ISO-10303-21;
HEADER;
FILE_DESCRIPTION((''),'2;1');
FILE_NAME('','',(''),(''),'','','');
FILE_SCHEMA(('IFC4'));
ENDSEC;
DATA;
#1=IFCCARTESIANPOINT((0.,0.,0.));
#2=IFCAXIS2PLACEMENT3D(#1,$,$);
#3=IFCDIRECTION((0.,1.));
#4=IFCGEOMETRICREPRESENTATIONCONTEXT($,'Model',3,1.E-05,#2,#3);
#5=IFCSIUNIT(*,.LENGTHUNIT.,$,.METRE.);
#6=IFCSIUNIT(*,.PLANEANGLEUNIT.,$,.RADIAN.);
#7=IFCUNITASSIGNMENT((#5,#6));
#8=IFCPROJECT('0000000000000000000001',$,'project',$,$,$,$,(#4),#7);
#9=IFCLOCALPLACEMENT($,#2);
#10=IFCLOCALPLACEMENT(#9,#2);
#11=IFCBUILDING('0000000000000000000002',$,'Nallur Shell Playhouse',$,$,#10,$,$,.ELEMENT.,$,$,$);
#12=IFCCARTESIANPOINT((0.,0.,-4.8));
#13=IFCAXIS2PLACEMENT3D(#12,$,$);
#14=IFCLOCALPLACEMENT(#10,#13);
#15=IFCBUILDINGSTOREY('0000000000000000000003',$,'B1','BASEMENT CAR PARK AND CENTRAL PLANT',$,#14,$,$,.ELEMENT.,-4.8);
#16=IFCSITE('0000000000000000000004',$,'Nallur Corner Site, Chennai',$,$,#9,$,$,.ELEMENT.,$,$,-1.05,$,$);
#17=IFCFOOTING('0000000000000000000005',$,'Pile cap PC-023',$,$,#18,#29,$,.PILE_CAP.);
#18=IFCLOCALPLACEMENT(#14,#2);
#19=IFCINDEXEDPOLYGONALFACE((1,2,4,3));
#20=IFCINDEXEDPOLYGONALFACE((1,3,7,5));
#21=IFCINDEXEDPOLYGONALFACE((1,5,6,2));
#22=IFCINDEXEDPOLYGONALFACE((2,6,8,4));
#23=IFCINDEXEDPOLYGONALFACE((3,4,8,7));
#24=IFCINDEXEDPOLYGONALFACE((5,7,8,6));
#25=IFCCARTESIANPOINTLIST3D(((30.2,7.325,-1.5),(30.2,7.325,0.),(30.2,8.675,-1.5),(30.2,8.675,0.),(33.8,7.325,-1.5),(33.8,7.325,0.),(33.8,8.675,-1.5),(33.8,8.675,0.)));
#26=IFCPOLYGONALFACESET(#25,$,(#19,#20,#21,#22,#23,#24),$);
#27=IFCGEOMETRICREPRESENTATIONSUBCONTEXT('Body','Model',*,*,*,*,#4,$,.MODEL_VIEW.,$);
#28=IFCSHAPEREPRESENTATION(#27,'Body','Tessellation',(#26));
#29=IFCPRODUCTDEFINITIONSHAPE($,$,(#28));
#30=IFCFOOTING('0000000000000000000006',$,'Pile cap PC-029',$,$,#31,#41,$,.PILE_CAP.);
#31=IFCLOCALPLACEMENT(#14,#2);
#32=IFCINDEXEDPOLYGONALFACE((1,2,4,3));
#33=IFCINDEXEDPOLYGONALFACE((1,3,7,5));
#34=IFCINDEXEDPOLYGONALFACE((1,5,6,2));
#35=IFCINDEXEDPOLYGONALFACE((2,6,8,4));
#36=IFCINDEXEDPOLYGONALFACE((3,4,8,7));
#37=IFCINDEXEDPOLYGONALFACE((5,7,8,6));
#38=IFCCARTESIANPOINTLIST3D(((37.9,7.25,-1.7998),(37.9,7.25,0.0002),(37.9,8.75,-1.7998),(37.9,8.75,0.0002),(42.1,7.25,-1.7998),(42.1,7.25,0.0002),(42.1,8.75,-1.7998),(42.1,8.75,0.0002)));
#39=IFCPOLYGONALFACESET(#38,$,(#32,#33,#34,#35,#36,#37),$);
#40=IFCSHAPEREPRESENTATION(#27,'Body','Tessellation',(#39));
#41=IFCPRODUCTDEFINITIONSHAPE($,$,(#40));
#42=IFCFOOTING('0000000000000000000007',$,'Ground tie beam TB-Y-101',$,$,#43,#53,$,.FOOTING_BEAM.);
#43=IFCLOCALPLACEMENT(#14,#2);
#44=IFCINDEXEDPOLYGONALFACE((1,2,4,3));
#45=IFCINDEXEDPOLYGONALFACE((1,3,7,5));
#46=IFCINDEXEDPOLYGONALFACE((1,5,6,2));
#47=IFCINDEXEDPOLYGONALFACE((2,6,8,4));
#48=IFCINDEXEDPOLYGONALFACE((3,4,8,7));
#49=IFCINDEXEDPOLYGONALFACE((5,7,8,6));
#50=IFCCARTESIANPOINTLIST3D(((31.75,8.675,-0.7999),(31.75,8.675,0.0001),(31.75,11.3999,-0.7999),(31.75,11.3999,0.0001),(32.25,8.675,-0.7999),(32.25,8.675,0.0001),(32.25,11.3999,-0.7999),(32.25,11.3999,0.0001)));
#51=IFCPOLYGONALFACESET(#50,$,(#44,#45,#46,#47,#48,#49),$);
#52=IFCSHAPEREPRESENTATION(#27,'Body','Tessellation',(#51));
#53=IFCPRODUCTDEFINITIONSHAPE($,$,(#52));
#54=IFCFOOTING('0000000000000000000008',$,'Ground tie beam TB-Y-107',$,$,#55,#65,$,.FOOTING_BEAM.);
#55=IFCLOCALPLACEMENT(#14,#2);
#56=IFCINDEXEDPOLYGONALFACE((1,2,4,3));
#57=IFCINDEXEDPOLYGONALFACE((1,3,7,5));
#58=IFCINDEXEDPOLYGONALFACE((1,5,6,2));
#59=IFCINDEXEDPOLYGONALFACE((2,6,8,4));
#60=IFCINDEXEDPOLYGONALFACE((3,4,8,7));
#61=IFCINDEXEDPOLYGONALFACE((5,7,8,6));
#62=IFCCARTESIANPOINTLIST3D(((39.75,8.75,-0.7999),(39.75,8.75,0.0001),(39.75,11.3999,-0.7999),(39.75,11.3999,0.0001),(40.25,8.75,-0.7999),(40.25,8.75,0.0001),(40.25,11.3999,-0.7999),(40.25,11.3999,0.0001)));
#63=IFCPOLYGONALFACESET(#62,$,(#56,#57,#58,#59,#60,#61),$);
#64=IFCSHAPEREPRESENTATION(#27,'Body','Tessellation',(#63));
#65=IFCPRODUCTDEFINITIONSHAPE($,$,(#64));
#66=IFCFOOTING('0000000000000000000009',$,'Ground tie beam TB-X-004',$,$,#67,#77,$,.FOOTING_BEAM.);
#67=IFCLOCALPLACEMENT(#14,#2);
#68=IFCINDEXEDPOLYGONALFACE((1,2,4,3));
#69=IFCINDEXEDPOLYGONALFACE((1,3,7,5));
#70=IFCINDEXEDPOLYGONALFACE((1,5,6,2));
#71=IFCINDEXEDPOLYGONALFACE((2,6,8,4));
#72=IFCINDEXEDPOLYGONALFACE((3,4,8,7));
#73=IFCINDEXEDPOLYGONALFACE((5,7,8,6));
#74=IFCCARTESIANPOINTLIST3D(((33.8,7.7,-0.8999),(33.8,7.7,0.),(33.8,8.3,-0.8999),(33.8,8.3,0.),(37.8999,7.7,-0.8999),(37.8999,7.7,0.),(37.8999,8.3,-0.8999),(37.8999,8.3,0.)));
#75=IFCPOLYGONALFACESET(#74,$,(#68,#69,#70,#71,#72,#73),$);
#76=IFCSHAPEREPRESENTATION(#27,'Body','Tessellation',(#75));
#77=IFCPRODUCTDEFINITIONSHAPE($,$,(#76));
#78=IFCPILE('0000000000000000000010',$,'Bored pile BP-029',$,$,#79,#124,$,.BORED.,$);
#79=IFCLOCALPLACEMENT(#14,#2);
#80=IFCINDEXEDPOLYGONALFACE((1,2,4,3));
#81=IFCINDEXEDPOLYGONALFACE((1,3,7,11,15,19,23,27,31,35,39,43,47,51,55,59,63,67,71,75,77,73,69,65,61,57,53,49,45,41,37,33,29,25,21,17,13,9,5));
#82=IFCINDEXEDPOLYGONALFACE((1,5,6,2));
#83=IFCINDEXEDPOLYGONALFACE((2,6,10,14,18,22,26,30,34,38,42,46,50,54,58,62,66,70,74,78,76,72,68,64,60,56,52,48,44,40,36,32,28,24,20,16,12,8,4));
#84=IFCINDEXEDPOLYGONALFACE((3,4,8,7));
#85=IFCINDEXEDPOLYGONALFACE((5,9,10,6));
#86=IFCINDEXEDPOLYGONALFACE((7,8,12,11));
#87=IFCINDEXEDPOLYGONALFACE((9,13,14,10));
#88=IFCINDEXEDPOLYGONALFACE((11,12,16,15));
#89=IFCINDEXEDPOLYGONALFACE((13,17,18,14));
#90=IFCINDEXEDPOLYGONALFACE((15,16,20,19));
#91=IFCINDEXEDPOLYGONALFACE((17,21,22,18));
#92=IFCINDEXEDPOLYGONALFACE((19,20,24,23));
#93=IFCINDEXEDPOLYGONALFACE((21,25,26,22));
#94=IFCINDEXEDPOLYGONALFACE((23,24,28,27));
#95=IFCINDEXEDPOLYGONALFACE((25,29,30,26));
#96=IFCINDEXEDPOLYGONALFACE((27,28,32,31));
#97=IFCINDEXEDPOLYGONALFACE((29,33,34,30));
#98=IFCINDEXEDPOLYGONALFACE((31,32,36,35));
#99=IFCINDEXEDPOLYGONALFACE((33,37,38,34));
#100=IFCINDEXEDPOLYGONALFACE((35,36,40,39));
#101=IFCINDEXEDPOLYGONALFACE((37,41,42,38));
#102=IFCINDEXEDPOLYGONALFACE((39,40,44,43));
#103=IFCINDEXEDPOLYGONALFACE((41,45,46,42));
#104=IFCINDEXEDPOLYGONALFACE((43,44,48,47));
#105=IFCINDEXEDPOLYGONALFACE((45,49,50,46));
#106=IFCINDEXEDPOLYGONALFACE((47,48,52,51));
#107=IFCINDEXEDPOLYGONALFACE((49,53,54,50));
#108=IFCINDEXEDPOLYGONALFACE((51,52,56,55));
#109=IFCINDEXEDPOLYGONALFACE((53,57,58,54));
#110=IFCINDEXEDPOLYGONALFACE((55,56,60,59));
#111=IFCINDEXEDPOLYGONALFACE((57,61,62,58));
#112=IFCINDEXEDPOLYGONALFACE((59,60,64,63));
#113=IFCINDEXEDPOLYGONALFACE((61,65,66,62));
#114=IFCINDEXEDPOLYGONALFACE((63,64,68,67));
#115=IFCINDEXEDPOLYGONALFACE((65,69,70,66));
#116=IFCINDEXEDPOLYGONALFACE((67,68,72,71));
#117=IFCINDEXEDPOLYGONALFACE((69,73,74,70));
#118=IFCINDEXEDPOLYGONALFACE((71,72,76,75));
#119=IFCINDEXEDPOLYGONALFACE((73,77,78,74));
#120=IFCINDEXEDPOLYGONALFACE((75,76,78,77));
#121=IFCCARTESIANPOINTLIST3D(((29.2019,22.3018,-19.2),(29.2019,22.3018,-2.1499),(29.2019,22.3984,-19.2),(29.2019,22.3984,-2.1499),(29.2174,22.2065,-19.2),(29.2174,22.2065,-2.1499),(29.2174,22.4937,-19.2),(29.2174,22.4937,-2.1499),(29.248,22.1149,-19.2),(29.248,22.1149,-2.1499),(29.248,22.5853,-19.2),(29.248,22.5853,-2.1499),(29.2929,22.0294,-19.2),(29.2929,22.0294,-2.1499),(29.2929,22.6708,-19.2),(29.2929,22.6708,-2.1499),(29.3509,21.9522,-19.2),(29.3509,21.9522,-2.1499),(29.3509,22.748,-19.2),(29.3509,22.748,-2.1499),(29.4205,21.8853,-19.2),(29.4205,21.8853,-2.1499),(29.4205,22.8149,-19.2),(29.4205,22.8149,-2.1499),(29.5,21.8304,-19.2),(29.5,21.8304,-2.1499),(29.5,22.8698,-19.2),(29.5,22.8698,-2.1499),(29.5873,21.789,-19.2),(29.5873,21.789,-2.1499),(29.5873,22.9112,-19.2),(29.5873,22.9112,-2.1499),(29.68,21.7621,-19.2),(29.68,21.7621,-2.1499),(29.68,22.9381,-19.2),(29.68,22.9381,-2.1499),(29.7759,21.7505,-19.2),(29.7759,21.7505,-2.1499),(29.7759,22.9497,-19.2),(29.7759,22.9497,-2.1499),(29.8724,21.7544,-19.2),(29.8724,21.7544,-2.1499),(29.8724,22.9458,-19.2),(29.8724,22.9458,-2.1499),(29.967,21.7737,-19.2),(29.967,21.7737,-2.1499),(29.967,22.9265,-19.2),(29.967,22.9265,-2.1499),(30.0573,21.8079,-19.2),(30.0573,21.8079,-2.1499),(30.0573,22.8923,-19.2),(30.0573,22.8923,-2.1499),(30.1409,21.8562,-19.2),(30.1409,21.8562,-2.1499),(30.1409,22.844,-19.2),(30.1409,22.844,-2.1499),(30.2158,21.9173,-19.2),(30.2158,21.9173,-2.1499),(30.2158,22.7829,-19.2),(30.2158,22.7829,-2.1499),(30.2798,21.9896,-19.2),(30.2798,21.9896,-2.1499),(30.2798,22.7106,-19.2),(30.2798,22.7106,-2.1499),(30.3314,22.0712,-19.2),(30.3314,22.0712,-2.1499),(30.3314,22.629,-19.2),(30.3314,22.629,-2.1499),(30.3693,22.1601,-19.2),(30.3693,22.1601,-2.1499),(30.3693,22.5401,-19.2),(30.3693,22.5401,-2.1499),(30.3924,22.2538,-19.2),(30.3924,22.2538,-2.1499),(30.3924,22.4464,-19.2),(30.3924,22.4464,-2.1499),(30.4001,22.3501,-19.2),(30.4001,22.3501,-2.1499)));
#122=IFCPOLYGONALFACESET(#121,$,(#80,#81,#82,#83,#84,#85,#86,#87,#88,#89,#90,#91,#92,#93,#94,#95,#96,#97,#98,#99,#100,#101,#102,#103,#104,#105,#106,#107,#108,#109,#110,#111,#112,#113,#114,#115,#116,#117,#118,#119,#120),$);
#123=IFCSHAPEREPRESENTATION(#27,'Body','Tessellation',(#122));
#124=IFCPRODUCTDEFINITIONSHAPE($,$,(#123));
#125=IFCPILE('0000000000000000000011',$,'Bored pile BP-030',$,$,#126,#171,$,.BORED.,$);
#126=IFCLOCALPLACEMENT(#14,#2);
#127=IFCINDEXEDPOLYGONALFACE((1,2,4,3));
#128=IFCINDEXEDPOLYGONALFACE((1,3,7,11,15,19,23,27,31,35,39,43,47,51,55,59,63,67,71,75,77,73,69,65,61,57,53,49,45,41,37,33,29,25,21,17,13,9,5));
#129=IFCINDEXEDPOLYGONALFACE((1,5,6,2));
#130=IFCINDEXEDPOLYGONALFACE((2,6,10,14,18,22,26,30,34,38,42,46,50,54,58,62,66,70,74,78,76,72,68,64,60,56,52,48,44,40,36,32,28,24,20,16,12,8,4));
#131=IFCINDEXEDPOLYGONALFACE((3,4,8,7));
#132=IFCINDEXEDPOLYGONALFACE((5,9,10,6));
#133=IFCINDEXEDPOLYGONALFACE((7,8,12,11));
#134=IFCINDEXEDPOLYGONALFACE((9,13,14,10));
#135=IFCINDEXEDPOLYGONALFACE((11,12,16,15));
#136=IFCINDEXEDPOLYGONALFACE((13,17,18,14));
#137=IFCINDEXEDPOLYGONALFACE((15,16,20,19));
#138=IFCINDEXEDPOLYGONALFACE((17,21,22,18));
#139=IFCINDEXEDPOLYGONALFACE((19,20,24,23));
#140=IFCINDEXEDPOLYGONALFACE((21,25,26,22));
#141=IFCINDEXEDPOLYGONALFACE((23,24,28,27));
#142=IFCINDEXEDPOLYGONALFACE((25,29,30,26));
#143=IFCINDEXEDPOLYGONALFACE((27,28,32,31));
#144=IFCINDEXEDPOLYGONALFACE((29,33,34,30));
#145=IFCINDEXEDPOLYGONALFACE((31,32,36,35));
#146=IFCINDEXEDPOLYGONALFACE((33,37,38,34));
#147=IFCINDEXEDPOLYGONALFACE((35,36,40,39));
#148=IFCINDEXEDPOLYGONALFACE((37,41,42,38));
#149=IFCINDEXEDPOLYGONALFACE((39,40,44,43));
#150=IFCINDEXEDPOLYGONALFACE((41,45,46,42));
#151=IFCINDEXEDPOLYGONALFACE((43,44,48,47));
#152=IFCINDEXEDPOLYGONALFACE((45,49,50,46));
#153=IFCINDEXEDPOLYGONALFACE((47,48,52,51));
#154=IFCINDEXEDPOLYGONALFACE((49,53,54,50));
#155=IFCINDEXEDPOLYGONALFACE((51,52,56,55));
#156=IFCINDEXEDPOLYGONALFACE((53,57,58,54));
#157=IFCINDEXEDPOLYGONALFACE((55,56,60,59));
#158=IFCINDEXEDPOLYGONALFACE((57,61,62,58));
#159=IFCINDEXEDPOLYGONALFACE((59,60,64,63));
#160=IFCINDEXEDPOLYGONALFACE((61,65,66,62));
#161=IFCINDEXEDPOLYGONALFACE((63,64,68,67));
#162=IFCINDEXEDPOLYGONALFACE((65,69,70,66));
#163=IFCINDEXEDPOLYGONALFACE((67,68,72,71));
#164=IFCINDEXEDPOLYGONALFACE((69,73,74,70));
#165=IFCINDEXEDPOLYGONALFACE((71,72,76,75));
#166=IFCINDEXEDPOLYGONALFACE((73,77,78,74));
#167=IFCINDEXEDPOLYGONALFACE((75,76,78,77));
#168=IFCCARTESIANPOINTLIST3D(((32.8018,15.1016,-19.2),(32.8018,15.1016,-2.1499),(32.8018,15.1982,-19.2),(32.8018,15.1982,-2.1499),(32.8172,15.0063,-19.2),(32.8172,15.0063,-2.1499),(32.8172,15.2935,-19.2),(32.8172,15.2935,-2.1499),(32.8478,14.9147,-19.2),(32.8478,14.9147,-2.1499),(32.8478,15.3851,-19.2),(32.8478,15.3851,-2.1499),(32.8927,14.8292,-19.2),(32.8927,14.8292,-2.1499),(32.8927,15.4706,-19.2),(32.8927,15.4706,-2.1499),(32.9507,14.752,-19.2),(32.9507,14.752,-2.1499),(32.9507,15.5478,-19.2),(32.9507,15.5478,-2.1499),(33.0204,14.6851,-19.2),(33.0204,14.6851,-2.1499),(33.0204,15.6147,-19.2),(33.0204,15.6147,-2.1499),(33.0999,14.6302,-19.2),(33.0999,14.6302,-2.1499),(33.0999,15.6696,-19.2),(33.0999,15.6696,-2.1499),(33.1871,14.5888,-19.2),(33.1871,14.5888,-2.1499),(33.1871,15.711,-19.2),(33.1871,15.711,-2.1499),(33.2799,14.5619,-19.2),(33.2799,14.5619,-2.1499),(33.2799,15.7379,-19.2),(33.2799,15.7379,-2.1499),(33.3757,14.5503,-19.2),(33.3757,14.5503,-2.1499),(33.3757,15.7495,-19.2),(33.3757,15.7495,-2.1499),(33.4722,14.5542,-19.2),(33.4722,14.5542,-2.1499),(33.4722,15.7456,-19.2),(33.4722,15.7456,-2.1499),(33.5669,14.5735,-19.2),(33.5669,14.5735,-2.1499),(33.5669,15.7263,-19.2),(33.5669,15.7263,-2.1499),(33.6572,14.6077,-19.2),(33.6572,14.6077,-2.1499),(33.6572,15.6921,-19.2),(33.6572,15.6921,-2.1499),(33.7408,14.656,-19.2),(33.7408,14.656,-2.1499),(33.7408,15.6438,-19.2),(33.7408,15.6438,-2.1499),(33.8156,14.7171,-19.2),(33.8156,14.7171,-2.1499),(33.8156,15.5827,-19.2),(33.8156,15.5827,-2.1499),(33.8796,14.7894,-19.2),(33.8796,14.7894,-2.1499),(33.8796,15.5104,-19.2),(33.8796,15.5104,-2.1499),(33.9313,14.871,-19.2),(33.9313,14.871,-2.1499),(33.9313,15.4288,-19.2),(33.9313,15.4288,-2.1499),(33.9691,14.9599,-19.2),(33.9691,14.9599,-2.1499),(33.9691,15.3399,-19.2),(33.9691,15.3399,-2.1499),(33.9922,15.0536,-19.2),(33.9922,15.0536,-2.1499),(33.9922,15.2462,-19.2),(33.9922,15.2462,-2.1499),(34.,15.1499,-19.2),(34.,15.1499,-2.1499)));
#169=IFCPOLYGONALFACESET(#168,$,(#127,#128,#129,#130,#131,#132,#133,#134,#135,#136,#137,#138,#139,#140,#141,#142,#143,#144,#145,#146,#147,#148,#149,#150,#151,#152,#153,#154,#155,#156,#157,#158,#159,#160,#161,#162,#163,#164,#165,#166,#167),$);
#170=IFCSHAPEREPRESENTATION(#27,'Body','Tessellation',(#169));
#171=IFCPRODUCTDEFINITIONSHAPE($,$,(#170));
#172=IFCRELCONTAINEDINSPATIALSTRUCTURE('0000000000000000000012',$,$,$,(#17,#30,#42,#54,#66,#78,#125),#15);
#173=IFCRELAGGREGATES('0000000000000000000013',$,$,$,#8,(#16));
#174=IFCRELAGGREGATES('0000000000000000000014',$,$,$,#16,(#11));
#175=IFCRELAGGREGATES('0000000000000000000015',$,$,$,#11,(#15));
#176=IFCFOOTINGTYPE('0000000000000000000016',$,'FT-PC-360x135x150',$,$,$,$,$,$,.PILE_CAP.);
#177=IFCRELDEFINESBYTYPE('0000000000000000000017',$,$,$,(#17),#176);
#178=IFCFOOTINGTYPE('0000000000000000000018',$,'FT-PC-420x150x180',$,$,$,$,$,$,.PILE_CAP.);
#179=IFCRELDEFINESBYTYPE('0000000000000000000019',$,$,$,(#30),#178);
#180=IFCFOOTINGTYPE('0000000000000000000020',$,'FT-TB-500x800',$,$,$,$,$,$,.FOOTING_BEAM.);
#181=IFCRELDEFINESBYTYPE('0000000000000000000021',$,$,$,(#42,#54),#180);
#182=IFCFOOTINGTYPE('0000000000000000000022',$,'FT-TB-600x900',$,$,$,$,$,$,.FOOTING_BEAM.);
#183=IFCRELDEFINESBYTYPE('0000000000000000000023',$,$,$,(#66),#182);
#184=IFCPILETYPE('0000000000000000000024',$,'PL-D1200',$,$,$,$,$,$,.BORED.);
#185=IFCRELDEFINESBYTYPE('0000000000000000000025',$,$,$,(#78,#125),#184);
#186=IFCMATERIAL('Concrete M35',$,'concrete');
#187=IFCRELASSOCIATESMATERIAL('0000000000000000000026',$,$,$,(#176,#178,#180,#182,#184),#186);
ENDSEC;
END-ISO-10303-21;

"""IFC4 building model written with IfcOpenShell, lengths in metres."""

from ifc_helpers import new_model, si_unit, direction, frame, origin, origin_2d, place, context, subcontext, project, spatial, rectangle, circle, extrude, material, material_profile, profile_set, type_object, element, save


model = new_model("IFC4")

# Units and contexts
model_context = context("Model", 3, precision=1e-05, world=origin(), true_north=direction((0.0, 1.0)))
body_context = subcontext(model_context, "Body", "Model", "MODEL_VIEW")
ifc_project = project(units=[si_unit("LENGTHUNIT", "METRE"), si_unit("PLANEANGLEUNIT", "RADIAN")], contexts=[model_context])

# Site, building, storey
site_placement = place(None, origin())
site = spatial("IfcSite", under=ifc_project, at=site_placement, Name="Nallur Corner Site, Chennai", CompositionType="ELEMENT", RefElevation=-1.05)
building_placement = place(site_placement, origin())
building = spatial("IfcBuilding", under=site, at=building_placement, Name="Nallur Shell Playhouse", CompositionType="ELEMENT")
storey_placement = place(building_placement, frame((0.0, 0.0, -4.8)))
storey = spatial("IfcBuildingStorey", under=building, at=storey_placement, Name="B1", Description="BASEMENT CAR PARK AND CENTRAL PLANT", CompositionType="ELEMENT", Elevation=-4.8)

# Footings
ifc_material_1 = material(Name="Concrete M35", Category="concrete")
footing_type_1 = type_object("IfcFootingType", Name="FT-PC-360x135x150", PredefinedType="PILE_CAP", material=ifc_material_1)
footing_1_placement = place(storey_placement, frame((32.0, 8.0, -1.5), z_axis=(0.0, 0.0, 1.0), x_axis=(1.0, 0.0, 0.0)))
element("IfcFooting", 1, at=footing_1_placement, inside=storey, type_object=footing_type_1, Name="Pile cap PC-023", PredefinedType="PILE_CAP", context=body_context, shape_type="SweptSolid", body=[
    extrude(rectangle(XDim=3.6001, YDim=1.3501, at=origin_2d()), origin(), (0.0, 0.0, 1.0), 1.5),
])
footing_type_2 = type_object("IfcFootingType", Name="FT-PC-420x150x180", PredefinedType="PILE_CAP", material=ifc_material_1)
footing_2_placement = place(storey_placement, frame((40.0, 8.0, -1.7998), z_axis=(0.0, 0.0, 1.0), x_axis=(1.0, 0.0, 0.0)))
element("IfcFooting", 2, at=footing_2_placement, inside=storey, type_object=footing_type_2, Name="Pile cap PC-029", PredefinedType="PILE_CAP", context=body_context, shape_type="SweptSolid", body=[
    extrude(rectangle(XDim=4.2, YDim=1.5, at=origin_2d()), origin(), (0.0, 0.0, 1.0), 1.8),
])
ifc_material_profile_1 = material_profile(ifc_material_1, rectangle(XDim=0.5, YDim=0.8, at=origin_2d()), Name="RC 500x800")
ifc_profile_set_1 = profile_set([ifc_material_profile_1], Name="Concrete M35")
footing_type_3 = type_object("IfcFootingType", Name="FT-TB-500x800", PredefinedType="FOOTING_BEAM", material=ifc_profile_set_1)
footing_3_placement = place(storey_placement, frame((32.0, 8.675, -0.3999), z_axis=(0.0, 1.0, 0.0), x_axis=(-1.0, 0.0, 0.0)))
element("IfcFooting", 3, at=footing_3_placement, inside=storey, type_object=footing_type_3, Name="Ground tie beam TB-Y-101", PredefinedType="FOOTING_BEAM", context=body_context, shape_type="SweptSolid", body=[
    extrude(rectangle(XDim=0.5, YDim=0.8, at=origin_2d()), origin(), (0.0, 0.0, 1.0), 2.7249),
])
footing_4_placement = place(storey_placement, frame((40.0, 8.75, -0.3999), z_axis=(0.0, 1.0, 0.0), x_axis=(-1.0, 0.0, 0.0)))
element("IfcFooting", 4, at=footing_4_placement, inside=storey, type_object=footing_type_3, Name="Ground tie beam TB-Y-107", PredefinedType="FOOTING_BEAM", context=body_context, shape_type="SweptSolid", body=[
    extrude(rectangle(XDim=0.5, YDim=0.8, at=origin_2d()), origin(), (0.0, 0.0, 1.0), 2.6499),
])
ifc_material_profile_2 = material_profile(ifc_material_1, rectangle(XDim=0.6001, YDim=0.8999, at=origin_2d()), Name="RC 600x900")
ifc_profile_set_2 = profile_set([ifc_material_profile_2], Name="Concrete M35")
footing_type_4 = type_object("IfcFootingType", Name="FT-TB-600x900", PredefinedType="FOOTING_BEAM", material=ifc_profile_set_2)
footing_5_placement = place(storey_placement, frame((33.8, 8.0, -0.45), z_axis=(1.0, 0.0, 0.0), x_axis=(0.0, 1.0, 0.0)))
element("IfcFooting", 5, at=footing_5_placement, inside=storey, type_object=footing_type_4, Name="Ground tie beam TB-X-004", PredefinedType="FOOTING_BEAM", context=body_context, shape_type="SweptSolid", body=[
    extrude(rectangle(XDim=0.6001, YDim=0.8999, at=origin_2d()), origin(), (0.0, 0.0, 1.0), 4.0999),
])

# Piles
ifc_material_profile_3 = material_profile(ifc_material_1, circle(Radius=0.6001, at=origin_2d()), Name="BORED PILE D1200")
ifc_profile_set_3 = profile_set([ifc_material_profile_3], Name="Concrete M35")
pile_type_1 = type_object("IfcPileType", Name="PL-D1200", PredefinedType="BORED", material=ifc_profile_set_3)
for number, where, z_axis, x_axis, name in (
    (6, (29.8, 22.3501, -2.1499), (0.0, 0.0, -1.0), (1.0, 0.0, 0.0), "Bored pile BP-029"),
    (7, (33.3999, 15.1499, -2.1499), (0.0, 0.0, -1.0), (1.0, 0.0, 0.0), "Bored pile BP-030"),
):
    element("IfcPile", number, at=place(storey_placement, frame(where, z_axis=z_axis, x_axis=x_axis)), inside=storey, type_object=pile_type_1, Name=name, PredefinedType="BORED", context=body_context, shape_type="SweptSolid", body=[
        extrude(circle(Radius=0.6001, at=origin_2d()), origin(), (0.0, 0.0, 1.0), 17.05),
    ])

save(model, "model.ifc")
